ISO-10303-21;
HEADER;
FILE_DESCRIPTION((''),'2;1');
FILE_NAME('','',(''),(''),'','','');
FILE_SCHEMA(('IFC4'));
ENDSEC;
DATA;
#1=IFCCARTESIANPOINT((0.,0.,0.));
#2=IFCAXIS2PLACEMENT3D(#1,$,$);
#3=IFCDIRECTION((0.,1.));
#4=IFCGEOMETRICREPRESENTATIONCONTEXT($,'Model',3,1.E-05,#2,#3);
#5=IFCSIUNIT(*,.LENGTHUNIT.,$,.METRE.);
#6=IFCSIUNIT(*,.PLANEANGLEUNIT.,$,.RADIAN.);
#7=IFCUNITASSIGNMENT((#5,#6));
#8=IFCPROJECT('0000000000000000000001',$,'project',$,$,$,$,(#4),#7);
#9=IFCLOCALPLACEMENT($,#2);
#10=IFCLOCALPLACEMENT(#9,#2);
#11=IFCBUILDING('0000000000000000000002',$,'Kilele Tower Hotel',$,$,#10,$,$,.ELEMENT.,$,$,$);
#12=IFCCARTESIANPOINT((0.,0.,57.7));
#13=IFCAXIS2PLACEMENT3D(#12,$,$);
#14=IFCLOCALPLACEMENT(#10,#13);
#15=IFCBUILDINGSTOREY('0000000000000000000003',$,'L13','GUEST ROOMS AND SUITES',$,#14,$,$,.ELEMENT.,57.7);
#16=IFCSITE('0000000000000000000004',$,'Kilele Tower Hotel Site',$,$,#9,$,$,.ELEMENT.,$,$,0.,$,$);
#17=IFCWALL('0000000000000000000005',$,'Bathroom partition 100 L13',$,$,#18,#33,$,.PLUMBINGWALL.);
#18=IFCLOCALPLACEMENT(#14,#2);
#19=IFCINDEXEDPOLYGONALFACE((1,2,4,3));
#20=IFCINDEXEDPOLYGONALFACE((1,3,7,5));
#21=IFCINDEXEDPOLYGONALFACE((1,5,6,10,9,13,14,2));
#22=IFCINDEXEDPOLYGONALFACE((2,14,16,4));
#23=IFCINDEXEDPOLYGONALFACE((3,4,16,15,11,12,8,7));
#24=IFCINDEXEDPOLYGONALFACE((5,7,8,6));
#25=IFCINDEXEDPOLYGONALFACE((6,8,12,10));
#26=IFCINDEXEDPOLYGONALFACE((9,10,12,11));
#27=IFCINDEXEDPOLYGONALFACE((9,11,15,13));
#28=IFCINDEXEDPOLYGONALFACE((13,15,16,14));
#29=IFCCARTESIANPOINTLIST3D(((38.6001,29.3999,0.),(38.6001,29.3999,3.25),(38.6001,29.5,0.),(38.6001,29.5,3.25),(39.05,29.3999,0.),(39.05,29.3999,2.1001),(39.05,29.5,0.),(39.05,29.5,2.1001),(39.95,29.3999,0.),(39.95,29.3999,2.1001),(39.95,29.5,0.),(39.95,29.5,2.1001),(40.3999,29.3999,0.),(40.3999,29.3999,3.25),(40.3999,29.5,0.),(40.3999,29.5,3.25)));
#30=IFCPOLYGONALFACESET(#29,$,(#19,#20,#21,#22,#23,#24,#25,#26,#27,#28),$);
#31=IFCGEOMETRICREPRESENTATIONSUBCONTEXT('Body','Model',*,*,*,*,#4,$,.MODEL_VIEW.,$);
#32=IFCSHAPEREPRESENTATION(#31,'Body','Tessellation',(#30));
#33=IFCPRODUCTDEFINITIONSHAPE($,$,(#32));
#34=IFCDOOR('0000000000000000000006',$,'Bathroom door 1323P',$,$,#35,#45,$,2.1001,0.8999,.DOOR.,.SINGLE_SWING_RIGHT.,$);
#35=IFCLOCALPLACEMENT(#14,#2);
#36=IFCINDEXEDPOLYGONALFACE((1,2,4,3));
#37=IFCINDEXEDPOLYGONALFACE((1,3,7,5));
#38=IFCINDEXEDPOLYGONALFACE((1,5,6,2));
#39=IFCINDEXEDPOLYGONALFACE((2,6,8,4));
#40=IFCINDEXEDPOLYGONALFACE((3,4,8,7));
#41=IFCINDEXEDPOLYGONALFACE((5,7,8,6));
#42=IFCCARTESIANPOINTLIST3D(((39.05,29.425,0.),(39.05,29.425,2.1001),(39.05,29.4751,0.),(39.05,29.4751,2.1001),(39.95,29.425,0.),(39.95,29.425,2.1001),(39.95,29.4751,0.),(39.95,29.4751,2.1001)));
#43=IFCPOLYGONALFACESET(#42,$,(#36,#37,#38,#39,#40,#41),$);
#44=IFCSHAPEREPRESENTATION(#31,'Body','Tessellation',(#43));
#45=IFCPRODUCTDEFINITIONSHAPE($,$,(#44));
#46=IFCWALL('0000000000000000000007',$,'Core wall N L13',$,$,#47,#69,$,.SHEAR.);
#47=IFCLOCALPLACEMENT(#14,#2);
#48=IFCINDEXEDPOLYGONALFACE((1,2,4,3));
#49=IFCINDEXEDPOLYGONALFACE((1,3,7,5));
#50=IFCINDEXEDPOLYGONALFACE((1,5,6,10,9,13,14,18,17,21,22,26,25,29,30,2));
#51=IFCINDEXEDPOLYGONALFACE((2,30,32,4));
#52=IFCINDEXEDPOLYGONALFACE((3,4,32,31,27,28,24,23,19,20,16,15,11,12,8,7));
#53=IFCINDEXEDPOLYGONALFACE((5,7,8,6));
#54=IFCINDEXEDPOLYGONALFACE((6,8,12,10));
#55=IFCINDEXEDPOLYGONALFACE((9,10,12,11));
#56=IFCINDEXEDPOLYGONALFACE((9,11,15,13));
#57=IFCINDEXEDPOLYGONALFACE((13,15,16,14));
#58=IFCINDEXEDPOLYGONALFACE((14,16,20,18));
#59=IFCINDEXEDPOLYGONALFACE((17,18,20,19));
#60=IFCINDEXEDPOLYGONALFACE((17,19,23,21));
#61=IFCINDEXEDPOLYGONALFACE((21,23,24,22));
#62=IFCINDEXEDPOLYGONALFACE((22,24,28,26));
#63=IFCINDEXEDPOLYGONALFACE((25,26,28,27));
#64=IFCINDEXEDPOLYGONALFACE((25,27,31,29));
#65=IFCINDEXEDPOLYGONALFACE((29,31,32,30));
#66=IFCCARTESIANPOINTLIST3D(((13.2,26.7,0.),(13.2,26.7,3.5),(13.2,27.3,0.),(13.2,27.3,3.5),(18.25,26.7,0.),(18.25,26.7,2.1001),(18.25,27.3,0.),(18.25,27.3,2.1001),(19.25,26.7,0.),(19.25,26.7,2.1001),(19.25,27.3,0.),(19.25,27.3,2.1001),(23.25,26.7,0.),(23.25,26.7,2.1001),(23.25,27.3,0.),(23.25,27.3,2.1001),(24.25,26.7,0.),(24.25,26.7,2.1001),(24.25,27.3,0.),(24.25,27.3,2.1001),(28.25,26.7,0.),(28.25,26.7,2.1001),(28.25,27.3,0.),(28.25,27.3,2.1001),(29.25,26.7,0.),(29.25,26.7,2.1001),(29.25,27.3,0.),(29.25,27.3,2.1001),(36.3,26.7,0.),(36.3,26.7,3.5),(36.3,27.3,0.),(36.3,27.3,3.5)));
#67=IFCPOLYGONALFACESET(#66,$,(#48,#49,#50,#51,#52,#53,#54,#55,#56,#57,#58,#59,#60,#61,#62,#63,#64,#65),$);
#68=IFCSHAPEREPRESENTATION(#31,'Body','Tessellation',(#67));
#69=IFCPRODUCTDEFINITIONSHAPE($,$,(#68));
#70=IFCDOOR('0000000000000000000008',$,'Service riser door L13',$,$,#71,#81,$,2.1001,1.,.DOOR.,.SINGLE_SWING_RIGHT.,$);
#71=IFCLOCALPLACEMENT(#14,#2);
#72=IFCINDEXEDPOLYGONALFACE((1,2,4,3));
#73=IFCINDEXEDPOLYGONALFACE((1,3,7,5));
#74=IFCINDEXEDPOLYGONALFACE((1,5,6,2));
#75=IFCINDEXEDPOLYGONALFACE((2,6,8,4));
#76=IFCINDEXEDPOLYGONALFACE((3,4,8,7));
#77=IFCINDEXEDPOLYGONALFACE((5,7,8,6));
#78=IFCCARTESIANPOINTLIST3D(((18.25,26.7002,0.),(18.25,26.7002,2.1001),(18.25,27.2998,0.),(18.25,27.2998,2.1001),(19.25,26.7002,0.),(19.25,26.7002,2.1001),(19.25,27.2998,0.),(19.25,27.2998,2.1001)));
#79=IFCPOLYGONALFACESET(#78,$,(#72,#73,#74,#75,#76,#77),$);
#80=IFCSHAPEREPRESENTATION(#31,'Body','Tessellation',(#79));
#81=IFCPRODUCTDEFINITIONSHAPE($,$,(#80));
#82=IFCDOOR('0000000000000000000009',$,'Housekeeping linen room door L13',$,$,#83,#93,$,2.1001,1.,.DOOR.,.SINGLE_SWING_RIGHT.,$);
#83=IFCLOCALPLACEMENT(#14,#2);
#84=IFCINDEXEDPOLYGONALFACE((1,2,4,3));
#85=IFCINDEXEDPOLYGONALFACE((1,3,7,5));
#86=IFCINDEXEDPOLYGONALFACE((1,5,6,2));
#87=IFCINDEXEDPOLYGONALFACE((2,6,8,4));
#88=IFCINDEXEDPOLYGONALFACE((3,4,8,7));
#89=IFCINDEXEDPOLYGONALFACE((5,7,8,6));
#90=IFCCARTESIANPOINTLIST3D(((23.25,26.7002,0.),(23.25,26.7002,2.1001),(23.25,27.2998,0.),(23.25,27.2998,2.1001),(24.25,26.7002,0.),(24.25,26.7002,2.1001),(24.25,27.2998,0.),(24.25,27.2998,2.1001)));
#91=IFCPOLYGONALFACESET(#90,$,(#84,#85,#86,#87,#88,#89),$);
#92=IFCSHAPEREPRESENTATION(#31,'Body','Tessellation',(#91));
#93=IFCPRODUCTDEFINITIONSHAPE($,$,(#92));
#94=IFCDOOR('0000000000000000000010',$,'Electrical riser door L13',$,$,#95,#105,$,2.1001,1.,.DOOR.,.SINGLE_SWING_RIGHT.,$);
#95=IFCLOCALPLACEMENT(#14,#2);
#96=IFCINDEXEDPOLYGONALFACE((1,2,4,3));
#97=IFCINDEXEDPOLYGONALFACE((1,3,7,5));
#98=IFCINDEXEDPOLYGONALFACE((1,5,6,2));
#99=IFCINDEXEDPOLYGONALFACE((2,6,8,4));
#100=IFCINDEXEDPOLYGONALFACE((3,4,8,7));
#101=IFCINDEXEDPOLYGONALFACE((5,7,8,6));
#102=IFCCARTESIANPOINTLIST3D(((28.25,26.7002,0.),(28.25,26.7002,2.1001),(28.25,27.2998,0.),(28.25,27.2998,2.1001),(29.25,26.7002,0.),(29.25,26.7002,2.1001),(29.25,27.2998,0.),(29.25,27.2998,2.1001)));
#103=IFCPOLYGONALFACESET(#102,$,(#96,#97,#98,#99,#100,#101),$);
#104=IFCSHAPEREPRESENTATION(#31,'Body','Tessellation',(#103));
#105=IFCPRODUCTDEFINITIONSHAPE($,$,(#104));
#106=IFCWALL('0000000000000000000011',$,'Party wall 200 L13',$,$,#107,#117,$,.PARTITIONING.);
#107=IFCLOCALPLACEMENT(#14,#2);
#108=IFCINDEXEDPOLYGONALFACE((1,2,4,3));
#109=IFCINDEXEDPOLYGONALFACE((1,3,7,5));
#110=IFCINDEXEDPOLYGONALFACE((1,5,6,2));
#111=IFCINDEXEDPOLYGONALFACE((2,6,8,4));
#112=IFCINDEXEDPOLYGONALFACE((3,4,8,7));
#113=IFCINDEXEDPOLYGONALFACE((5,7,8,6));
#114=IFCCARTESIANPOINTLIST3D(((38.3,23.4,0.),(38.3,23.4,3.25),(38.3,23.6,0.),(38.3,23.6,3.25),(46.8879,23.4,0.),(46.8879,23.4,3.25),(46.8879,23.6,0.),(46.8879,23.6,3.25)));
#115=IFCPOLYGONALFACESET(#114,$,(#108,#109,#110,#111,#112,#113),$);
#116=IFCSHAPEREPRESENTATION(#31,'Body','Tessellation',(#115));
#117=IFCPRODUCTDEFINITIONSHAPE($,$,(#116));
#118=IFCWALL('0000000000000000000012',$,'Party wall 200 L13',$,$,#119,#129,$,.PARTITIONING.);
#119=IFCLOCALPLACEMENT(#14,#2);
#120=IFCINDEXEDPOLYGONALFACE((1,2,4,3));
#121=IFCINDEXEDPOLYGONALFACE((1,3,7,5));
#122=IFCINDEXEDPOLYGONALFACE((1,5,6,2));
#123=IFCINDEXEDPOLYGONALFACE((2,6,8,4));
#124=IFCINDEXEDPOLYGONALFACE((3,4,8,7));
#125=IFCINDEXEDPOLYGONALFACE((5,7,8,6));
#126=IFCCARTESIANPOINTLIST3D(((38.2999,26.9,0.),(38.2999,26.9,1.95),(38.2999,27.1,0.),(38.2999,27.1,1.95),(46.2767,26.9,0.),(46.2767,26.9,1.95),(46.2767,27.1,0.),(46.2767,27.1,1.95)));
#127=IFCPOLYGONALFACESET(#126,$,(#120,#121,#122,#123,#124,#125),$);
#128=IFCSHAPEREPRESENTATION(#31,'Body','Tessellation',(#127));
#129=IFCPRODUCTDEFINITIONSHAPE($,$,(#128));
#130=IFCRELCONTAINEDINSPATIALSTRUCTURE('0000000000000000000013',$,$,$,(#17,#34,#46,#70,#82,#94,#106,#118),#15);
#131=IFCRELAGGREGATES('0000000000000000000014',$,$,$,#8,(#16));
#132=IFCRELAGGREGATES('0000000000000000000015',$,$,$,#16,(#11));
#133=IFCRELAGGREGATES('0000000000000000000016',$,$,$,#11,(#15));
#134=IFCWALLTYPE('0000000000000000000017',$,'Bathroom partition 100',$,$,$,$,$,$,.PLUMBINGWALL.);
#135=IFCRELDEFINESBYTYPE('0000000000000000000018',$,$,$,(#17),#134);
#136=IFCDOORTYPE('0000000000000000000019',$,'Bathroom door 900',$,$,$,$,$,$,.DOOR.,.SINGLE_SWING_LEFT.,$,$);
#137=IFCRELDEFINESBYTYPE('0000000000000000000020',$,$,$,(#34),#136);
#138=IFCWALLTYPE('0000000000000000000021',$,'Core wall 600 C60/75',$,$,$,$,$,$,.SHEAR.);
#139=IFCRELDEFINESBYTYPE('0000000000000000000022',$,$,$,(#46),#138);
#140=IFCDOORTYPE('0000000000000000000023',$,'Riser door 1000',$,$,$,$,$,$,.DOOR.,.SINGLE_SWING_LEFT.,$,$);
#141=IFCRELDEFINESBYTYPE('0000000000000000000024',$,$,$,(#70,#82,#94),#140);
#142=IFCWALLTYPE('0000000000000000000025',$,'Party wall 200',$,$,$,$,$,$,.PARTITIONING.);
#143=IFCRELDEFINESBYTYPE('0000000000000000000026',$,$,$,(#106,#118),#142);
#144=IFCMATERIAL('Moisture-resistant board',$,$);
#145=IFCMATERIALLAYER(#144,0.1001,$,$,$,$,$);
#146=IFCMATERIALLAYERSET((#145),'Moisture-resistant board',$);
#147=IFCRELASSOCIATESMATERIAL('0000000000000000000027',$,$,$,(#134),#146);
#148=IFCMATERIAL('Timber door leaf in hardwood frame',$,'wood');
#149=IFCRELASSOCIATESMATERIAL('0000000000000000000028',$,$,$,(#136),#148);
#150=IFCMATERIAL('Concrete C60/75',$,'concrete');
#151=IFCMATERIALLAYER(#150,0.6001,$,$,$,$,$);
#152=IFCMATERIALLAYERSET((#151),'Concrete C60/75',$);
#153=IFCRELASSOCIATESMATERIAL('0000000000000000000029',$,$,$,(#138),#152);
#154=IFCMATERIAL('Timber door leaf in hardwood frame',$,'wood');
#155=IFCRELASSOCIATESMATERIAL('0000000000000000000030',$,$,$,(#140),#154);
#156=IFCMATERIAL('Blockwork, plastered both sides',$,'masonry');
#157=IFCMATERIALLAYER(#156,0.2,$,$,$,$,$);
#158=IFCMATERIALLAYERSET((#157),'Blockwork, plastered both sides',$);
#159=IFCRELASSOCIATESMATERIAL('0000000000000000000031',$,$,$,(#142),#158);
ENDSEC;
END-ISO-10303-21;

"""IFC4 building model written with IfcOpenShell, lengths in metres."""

from ifc_helpers import new_model, si_unit, direction, frame, frame_2d, origin, place, context, subcontext, project, spatial, rectangle, extrude, material, layer, layer_set, type_object, element, fill, save


model = new_model("IFC4")

# Units and contexts
model_context = context("Model", 3, precision=1e-05, world=origin(), true_north=direction((0.0, 1.0)))
body_context = subcontext(model_context, "Body", "Model", "MODEL_VIEW")
ifc_project = project(units=[si_unit("LENGTHUNIT", "METRE"), si_unit("PLANEANGLEUNIT", "RADIAN")], contexts=[model_context])

# Site, building, storey
site_placement = place(None, origin())
site = spatial("IfcSite", under=ifc_project, at=site_placement, Name="Kilele Tower Hotel Site", CompositionType="ELEMENT", RefElevation=0.0)
building_placement = place(site_placement, origin())
building = spatial("IfcBuilding", under=site, at=building_placement, Name="Kilele Tower Hotel", CompositionType="ELEMENT")
storey_placement = place(building_placement, frame((0.0, 0.0, 57.7)))
storey = spatial("IfcBuildingStorey", under=building, at=storey_placement, Name="L13", Description="GUEST ROOMS AND SUITES", CompositionType="ELEMENT", Elevation=57.7)

# Shared definitions
ifc_material_1 = material(Name="Moisture-resistant board")
ifc_layer_1 = layer(ifc_material_1, 0.1001)
ifc_layer_set_1 = layer_set([ifc_layer_1], Name="Moisture-resistant board")
wall_type_1 = type_object("IfcWallType", Name="Bathroom partition 100", PredefinedType="PLUMBINGWALL", material=ifc_layer_set_1)

# Shared definitions
ifc_material_2 = material(Name="Timber door leaf in hardwood frame", Category="wood")
door_type_1 = type_object("IfcDoorType", Name="Bathroom door 900", OperationType="SINGLE_SWING_LEFT", PredefinedType="DOOR", material=ifc_material_2)

# Wall, opening, door
wall_1_placement = place(storey_placement, frame((38.6001, 29.45, 0.0), z_axis=(0.0, 0.0, 1.0), x_axis=(1.0, 0.0, 0.0)))
wall_1 = element("IfcWall", 1, at=wall_1_placement, inside=storey, type_object=wall_type_1, Name="Bathroom partition 100 L13", PredefinedType="PLUMBINGWALL", context=body_context, shape_type="SweptSolid", body=[
    extrude(rectangle(XDim=1.7998, YDim=0.1001, at=frame_2d((0.8999, 0.0))), origin(), (0.0, 0.0, 1.0), 3.25),
])
opening_1_placement = place(wall_1_placement, frame((1.3499, 0.0, 0.0), z_axis=(0.0, 0.0, 1.0), x_axis=(-1.0, 0.0, 0.0)))
opening_1 = element("IfcOpeningElement", 2, at=opening_1_placement, cuts=wall_1, PredefinedType="OPENING", context=body_context, shape_type="SweptSolid", body=[
    extrude(rectangle(XDim=0.8999, YDim=2.1001, at=frame_2d((0.45, 1.05))), frame((0.0, 0.0601, 0.0), z_axis=(0.0, -1.0, 0.0), x_axis=(1.0, 0.0, 0.0)), (0.0, 0.0, 1.0), 0.1201),
])
door_1_placement = place(opening_1_placement, origin())
door_1 = element("IfcDoor", 3, at=door_1_placement, inside=storey, type_object=door_type_1, Name="Bathroom door 1323P", OperationType="SINGLE_SWING_RIGHT", OverallHeight=2.1001, OverallWidth=0.8999, PredefinedType="DOOR", context=body_context, shape_type="SweptSolid", body=[
    extrude(rectangle(XDim=0.8999, YDim=2.1001, at=frame_2d((0.45, 1.05))), frame((0.0, 0.0249, 0.0), z_axis=(0.0, -1.0, 0.0), x_axis=(1.0, 0.0, 0.0)), (0.0, 0.0, 1.0), 0.05),
])
fill(opening_1, door_1)

# Wall, openings, doors
ifc_material_3 = material(Name="Concrete C60/75", Category="concrete")
ifc_layer_2 = layer(ifc_material_3, 0.6001)
ifc_layer_set_2 = layer_set([ifc_layer_2], Name="Concrete C60/75")
wall_type_2 = type_object("IfcWallType", Name="Core wall 600 C60/75", PredefinedType="SHEAR", material=ifc_layer_set_2)
wall_2_placement = place(storey_placement, frame((36.3, 27.0, 0.0), z_axis=(0.0, 0.0, 1.0), x_axis=(-1.0, 0.0, 0.0)))
wall_2 = element("IfcWall", 4, at=wall_2_placement, inside=storey, type_object=wall_type_2, Name="Core wall N L13", PredefinedType="SHEAR", context=body_context, shape_type="SweptSolid", body=[
    extrude(rectangle(XDim=23.1001, YDim=0.6001, at=frame_2d((11.55, 0.0))), origin(), (0.0, 0.0, 1.0), 3.5),
])
opening_2_placement = place(wall_2_placement, frame((17.05, 0.0, 0.0)))
opening_2 = element("IfcOpeningElement", 5, at=opening_2_placement, cuts=wall_2, PredefinedType="OPENING", context=body_context, shape_type="SweptSolid", body=[
    extrude(rectangle(XDim=1.0, YDim=2.1001, at=frame_2d((0.5, 1.05))), frame((0.0, 0.3101, 0.0), z_axis=(0.0, -1.0, 0.0), x_axis=(1.0, 0.0, 0.0)), (0.0, 0.0, 1.0), 0.6201),
])
opening_3_placement = place(wall_2_placement, frame((12.05, 0.0, 0.0)))
opening_3 = element("IfcOpeningElement", 6, at=opening_3_placement, cuts=wall_2, PredefinedType="OPENING", context=body_context, shape_type="SweptSolid", body=[
    extrude(rectangle(XDim=1.0, YDim=2.1001, at=frame_2d((0.5, 1.05))), frame((0.0, 0.3101, 0.0), z_axis=(0.0, -1.0, 0.0), x_axis=(1.0, 0.0, 0.0)), (0.0, 0.0, 1.0), 0.6201),
])
opening_4_placement = place(wall_2_placement, frame((7.05, 0.0, 0.0)))
opening_4 = element("IfcOpeningElement", 7, at=opening_4_placement, cuts=wall_2, PredefinedType="OPENING", context=body_context, shape_type="SweptSolid", body=[
    extrude(rectangle(XDim=1.0, YDim=2.1001, at=frame_2d((0.5, 1.05))), frame((0.0, 0.3101, 0.0), z_axis=(0.0, -1.0, 0.0), x_axis=(1.0, 0.0, 0.0)), (0.0, 0.0, 1.0), 0.6201),
])
ifc_material_4 = material(Name="Timber door leaf in hardwood frame", Category="wood")
door_type_2 = type_object("IfcDoorType", Name="Riser door 1000", OperationType="SINGLE_SWING_LEFT", PredefinedType="DOOR", material=ifc_material_4)
door_2_placement = place(opening_2_placement, origin())
door_2 = element("IfcDoor", 8, at=door_2_placement, inside=storey, type_object=door_type_2, Name="Service riser door L13", OperationType="SINGLE_SWING_RIGHT", OverallHeight=2.1001, OverallWidth=1.0, PredefinedType="DOOR", context=body_context, shape_type="SweptSolid", body=[
    extrude(rectangle(XDim=1.0, YDim=2.1001, at=frame_2d((0.5, 1.05))), frame((0.0, 0.2998, 0.0), z_axis=(0.0, -1.0, 0.0), x_axis=(1.0, 0.0, 0.0)), (0.0, 0.0, 1.0), 0.5996),
])
fill(opening_2, door_2)
door_3_placement = place(opening_3_placement, origin())
door_3 = element("IfcDoor", 9, at=door_3_placement, inside=storey, type_object=door_type_2, Name="Housekeeping linen room door L13", OperationType="SINGLE_SWING_RIGHT", OverallHeight=2.1001, OverallWidth=1.0, PredefinedType="DOOR", context=body_context, shape_type="SweptSolid", body=[
    extrude(rectangle(XDim=1.0, YDim=2.1001, at=frame_2d((0.5, 1.05))), frame((0.0, 0.2998, 0.0), z_axis=(0.0, -1.0, 0.0), x_axis=(1.0, 0.0, 0.0)), (0.0, 0.0, 1.0), 0.5996),
])
fill(opening_3, door_3)
door_4_placement = place(opening_4_placement, origin())
door_4 = element("IfcDoor", 10, at=door_4_placement, inside=storey, type_object=door_type_2, Name="Electrical riser door L13", OperationType="SINGLE_SWING_RIGHT", OverallHeight=2.1001, OverallWidth=1.0, PredefinedType="DOOR", context=body_context, shape_type="SweptSolid", body=[
    extrude(rectangle(XDim=1.0, YDim=2.1001, at=frame_2d((0.5, 1.05))), frame((0.0, 0.2998, 0.0), z_axis=(0.0, -1.0, 0.0), x_axis=(1.0, 0.0, 0.0)), (0.0, 0.0, 1.0), 0.5996),
])
fill(opening_4, door_4)

# Walls
ifc_material_5 = material(Name="Blockwork, plastered both sides", Category="masonry")
ifc_layer_3 = layer(ifc_material_5, 0.2)
ifc_layer_set_3 = layer_set([ifc_layer_3], Name="Blockwork, plastered both sides")
wall_type_3 = type_object("IfcWallType", Name="Party wall 200", PredefinedType="PARTITIONING", material=ifc_layer_set_3)
wall_3_placement = place(storey_placement, frame((38.3, 23.5, 0.0), z_axis=(0.0, 0.0, 1.0), x_axis=(1.0, 0.0, 0.0)))
element("IfcWall", 11, at=wall_3_placement, inside=storey, type_object=wall_type_3, Name="Party wall 200 L13", PredefinedType="PARTITIONING", context=body_context, shape_type="SweptSolid", body=[
    extrude(rectangle(XDim=8.5879, YDim=0.2, at=frame_2d((4.2939, 0.0))), origin(), (0.0, 0.0, 1.0), 3.25),
])
wall_4_placement = place(storey_placement, frame((38.3, 27.0, 0.0), z_axis=(0.0, 0.0, 1.0), x_axis=(1.0, 0.0, 0.0)))
element("IfcWall", 12, at=wall_4_placement, inside=storey, type_object=wall_type_3, Name="Party wall 200 L13", PredefinedType="PARTITIONING", context=body_context, shape_type="SweptSolid", body=[
    extrude(rectangle(XDim=7.9768, YDim=0.2, at=frame_2d((3.9883, 0.0))), origin(), (0.0, 0.0, 1.0), 1.95),
])

save(model, "model.ifc")
